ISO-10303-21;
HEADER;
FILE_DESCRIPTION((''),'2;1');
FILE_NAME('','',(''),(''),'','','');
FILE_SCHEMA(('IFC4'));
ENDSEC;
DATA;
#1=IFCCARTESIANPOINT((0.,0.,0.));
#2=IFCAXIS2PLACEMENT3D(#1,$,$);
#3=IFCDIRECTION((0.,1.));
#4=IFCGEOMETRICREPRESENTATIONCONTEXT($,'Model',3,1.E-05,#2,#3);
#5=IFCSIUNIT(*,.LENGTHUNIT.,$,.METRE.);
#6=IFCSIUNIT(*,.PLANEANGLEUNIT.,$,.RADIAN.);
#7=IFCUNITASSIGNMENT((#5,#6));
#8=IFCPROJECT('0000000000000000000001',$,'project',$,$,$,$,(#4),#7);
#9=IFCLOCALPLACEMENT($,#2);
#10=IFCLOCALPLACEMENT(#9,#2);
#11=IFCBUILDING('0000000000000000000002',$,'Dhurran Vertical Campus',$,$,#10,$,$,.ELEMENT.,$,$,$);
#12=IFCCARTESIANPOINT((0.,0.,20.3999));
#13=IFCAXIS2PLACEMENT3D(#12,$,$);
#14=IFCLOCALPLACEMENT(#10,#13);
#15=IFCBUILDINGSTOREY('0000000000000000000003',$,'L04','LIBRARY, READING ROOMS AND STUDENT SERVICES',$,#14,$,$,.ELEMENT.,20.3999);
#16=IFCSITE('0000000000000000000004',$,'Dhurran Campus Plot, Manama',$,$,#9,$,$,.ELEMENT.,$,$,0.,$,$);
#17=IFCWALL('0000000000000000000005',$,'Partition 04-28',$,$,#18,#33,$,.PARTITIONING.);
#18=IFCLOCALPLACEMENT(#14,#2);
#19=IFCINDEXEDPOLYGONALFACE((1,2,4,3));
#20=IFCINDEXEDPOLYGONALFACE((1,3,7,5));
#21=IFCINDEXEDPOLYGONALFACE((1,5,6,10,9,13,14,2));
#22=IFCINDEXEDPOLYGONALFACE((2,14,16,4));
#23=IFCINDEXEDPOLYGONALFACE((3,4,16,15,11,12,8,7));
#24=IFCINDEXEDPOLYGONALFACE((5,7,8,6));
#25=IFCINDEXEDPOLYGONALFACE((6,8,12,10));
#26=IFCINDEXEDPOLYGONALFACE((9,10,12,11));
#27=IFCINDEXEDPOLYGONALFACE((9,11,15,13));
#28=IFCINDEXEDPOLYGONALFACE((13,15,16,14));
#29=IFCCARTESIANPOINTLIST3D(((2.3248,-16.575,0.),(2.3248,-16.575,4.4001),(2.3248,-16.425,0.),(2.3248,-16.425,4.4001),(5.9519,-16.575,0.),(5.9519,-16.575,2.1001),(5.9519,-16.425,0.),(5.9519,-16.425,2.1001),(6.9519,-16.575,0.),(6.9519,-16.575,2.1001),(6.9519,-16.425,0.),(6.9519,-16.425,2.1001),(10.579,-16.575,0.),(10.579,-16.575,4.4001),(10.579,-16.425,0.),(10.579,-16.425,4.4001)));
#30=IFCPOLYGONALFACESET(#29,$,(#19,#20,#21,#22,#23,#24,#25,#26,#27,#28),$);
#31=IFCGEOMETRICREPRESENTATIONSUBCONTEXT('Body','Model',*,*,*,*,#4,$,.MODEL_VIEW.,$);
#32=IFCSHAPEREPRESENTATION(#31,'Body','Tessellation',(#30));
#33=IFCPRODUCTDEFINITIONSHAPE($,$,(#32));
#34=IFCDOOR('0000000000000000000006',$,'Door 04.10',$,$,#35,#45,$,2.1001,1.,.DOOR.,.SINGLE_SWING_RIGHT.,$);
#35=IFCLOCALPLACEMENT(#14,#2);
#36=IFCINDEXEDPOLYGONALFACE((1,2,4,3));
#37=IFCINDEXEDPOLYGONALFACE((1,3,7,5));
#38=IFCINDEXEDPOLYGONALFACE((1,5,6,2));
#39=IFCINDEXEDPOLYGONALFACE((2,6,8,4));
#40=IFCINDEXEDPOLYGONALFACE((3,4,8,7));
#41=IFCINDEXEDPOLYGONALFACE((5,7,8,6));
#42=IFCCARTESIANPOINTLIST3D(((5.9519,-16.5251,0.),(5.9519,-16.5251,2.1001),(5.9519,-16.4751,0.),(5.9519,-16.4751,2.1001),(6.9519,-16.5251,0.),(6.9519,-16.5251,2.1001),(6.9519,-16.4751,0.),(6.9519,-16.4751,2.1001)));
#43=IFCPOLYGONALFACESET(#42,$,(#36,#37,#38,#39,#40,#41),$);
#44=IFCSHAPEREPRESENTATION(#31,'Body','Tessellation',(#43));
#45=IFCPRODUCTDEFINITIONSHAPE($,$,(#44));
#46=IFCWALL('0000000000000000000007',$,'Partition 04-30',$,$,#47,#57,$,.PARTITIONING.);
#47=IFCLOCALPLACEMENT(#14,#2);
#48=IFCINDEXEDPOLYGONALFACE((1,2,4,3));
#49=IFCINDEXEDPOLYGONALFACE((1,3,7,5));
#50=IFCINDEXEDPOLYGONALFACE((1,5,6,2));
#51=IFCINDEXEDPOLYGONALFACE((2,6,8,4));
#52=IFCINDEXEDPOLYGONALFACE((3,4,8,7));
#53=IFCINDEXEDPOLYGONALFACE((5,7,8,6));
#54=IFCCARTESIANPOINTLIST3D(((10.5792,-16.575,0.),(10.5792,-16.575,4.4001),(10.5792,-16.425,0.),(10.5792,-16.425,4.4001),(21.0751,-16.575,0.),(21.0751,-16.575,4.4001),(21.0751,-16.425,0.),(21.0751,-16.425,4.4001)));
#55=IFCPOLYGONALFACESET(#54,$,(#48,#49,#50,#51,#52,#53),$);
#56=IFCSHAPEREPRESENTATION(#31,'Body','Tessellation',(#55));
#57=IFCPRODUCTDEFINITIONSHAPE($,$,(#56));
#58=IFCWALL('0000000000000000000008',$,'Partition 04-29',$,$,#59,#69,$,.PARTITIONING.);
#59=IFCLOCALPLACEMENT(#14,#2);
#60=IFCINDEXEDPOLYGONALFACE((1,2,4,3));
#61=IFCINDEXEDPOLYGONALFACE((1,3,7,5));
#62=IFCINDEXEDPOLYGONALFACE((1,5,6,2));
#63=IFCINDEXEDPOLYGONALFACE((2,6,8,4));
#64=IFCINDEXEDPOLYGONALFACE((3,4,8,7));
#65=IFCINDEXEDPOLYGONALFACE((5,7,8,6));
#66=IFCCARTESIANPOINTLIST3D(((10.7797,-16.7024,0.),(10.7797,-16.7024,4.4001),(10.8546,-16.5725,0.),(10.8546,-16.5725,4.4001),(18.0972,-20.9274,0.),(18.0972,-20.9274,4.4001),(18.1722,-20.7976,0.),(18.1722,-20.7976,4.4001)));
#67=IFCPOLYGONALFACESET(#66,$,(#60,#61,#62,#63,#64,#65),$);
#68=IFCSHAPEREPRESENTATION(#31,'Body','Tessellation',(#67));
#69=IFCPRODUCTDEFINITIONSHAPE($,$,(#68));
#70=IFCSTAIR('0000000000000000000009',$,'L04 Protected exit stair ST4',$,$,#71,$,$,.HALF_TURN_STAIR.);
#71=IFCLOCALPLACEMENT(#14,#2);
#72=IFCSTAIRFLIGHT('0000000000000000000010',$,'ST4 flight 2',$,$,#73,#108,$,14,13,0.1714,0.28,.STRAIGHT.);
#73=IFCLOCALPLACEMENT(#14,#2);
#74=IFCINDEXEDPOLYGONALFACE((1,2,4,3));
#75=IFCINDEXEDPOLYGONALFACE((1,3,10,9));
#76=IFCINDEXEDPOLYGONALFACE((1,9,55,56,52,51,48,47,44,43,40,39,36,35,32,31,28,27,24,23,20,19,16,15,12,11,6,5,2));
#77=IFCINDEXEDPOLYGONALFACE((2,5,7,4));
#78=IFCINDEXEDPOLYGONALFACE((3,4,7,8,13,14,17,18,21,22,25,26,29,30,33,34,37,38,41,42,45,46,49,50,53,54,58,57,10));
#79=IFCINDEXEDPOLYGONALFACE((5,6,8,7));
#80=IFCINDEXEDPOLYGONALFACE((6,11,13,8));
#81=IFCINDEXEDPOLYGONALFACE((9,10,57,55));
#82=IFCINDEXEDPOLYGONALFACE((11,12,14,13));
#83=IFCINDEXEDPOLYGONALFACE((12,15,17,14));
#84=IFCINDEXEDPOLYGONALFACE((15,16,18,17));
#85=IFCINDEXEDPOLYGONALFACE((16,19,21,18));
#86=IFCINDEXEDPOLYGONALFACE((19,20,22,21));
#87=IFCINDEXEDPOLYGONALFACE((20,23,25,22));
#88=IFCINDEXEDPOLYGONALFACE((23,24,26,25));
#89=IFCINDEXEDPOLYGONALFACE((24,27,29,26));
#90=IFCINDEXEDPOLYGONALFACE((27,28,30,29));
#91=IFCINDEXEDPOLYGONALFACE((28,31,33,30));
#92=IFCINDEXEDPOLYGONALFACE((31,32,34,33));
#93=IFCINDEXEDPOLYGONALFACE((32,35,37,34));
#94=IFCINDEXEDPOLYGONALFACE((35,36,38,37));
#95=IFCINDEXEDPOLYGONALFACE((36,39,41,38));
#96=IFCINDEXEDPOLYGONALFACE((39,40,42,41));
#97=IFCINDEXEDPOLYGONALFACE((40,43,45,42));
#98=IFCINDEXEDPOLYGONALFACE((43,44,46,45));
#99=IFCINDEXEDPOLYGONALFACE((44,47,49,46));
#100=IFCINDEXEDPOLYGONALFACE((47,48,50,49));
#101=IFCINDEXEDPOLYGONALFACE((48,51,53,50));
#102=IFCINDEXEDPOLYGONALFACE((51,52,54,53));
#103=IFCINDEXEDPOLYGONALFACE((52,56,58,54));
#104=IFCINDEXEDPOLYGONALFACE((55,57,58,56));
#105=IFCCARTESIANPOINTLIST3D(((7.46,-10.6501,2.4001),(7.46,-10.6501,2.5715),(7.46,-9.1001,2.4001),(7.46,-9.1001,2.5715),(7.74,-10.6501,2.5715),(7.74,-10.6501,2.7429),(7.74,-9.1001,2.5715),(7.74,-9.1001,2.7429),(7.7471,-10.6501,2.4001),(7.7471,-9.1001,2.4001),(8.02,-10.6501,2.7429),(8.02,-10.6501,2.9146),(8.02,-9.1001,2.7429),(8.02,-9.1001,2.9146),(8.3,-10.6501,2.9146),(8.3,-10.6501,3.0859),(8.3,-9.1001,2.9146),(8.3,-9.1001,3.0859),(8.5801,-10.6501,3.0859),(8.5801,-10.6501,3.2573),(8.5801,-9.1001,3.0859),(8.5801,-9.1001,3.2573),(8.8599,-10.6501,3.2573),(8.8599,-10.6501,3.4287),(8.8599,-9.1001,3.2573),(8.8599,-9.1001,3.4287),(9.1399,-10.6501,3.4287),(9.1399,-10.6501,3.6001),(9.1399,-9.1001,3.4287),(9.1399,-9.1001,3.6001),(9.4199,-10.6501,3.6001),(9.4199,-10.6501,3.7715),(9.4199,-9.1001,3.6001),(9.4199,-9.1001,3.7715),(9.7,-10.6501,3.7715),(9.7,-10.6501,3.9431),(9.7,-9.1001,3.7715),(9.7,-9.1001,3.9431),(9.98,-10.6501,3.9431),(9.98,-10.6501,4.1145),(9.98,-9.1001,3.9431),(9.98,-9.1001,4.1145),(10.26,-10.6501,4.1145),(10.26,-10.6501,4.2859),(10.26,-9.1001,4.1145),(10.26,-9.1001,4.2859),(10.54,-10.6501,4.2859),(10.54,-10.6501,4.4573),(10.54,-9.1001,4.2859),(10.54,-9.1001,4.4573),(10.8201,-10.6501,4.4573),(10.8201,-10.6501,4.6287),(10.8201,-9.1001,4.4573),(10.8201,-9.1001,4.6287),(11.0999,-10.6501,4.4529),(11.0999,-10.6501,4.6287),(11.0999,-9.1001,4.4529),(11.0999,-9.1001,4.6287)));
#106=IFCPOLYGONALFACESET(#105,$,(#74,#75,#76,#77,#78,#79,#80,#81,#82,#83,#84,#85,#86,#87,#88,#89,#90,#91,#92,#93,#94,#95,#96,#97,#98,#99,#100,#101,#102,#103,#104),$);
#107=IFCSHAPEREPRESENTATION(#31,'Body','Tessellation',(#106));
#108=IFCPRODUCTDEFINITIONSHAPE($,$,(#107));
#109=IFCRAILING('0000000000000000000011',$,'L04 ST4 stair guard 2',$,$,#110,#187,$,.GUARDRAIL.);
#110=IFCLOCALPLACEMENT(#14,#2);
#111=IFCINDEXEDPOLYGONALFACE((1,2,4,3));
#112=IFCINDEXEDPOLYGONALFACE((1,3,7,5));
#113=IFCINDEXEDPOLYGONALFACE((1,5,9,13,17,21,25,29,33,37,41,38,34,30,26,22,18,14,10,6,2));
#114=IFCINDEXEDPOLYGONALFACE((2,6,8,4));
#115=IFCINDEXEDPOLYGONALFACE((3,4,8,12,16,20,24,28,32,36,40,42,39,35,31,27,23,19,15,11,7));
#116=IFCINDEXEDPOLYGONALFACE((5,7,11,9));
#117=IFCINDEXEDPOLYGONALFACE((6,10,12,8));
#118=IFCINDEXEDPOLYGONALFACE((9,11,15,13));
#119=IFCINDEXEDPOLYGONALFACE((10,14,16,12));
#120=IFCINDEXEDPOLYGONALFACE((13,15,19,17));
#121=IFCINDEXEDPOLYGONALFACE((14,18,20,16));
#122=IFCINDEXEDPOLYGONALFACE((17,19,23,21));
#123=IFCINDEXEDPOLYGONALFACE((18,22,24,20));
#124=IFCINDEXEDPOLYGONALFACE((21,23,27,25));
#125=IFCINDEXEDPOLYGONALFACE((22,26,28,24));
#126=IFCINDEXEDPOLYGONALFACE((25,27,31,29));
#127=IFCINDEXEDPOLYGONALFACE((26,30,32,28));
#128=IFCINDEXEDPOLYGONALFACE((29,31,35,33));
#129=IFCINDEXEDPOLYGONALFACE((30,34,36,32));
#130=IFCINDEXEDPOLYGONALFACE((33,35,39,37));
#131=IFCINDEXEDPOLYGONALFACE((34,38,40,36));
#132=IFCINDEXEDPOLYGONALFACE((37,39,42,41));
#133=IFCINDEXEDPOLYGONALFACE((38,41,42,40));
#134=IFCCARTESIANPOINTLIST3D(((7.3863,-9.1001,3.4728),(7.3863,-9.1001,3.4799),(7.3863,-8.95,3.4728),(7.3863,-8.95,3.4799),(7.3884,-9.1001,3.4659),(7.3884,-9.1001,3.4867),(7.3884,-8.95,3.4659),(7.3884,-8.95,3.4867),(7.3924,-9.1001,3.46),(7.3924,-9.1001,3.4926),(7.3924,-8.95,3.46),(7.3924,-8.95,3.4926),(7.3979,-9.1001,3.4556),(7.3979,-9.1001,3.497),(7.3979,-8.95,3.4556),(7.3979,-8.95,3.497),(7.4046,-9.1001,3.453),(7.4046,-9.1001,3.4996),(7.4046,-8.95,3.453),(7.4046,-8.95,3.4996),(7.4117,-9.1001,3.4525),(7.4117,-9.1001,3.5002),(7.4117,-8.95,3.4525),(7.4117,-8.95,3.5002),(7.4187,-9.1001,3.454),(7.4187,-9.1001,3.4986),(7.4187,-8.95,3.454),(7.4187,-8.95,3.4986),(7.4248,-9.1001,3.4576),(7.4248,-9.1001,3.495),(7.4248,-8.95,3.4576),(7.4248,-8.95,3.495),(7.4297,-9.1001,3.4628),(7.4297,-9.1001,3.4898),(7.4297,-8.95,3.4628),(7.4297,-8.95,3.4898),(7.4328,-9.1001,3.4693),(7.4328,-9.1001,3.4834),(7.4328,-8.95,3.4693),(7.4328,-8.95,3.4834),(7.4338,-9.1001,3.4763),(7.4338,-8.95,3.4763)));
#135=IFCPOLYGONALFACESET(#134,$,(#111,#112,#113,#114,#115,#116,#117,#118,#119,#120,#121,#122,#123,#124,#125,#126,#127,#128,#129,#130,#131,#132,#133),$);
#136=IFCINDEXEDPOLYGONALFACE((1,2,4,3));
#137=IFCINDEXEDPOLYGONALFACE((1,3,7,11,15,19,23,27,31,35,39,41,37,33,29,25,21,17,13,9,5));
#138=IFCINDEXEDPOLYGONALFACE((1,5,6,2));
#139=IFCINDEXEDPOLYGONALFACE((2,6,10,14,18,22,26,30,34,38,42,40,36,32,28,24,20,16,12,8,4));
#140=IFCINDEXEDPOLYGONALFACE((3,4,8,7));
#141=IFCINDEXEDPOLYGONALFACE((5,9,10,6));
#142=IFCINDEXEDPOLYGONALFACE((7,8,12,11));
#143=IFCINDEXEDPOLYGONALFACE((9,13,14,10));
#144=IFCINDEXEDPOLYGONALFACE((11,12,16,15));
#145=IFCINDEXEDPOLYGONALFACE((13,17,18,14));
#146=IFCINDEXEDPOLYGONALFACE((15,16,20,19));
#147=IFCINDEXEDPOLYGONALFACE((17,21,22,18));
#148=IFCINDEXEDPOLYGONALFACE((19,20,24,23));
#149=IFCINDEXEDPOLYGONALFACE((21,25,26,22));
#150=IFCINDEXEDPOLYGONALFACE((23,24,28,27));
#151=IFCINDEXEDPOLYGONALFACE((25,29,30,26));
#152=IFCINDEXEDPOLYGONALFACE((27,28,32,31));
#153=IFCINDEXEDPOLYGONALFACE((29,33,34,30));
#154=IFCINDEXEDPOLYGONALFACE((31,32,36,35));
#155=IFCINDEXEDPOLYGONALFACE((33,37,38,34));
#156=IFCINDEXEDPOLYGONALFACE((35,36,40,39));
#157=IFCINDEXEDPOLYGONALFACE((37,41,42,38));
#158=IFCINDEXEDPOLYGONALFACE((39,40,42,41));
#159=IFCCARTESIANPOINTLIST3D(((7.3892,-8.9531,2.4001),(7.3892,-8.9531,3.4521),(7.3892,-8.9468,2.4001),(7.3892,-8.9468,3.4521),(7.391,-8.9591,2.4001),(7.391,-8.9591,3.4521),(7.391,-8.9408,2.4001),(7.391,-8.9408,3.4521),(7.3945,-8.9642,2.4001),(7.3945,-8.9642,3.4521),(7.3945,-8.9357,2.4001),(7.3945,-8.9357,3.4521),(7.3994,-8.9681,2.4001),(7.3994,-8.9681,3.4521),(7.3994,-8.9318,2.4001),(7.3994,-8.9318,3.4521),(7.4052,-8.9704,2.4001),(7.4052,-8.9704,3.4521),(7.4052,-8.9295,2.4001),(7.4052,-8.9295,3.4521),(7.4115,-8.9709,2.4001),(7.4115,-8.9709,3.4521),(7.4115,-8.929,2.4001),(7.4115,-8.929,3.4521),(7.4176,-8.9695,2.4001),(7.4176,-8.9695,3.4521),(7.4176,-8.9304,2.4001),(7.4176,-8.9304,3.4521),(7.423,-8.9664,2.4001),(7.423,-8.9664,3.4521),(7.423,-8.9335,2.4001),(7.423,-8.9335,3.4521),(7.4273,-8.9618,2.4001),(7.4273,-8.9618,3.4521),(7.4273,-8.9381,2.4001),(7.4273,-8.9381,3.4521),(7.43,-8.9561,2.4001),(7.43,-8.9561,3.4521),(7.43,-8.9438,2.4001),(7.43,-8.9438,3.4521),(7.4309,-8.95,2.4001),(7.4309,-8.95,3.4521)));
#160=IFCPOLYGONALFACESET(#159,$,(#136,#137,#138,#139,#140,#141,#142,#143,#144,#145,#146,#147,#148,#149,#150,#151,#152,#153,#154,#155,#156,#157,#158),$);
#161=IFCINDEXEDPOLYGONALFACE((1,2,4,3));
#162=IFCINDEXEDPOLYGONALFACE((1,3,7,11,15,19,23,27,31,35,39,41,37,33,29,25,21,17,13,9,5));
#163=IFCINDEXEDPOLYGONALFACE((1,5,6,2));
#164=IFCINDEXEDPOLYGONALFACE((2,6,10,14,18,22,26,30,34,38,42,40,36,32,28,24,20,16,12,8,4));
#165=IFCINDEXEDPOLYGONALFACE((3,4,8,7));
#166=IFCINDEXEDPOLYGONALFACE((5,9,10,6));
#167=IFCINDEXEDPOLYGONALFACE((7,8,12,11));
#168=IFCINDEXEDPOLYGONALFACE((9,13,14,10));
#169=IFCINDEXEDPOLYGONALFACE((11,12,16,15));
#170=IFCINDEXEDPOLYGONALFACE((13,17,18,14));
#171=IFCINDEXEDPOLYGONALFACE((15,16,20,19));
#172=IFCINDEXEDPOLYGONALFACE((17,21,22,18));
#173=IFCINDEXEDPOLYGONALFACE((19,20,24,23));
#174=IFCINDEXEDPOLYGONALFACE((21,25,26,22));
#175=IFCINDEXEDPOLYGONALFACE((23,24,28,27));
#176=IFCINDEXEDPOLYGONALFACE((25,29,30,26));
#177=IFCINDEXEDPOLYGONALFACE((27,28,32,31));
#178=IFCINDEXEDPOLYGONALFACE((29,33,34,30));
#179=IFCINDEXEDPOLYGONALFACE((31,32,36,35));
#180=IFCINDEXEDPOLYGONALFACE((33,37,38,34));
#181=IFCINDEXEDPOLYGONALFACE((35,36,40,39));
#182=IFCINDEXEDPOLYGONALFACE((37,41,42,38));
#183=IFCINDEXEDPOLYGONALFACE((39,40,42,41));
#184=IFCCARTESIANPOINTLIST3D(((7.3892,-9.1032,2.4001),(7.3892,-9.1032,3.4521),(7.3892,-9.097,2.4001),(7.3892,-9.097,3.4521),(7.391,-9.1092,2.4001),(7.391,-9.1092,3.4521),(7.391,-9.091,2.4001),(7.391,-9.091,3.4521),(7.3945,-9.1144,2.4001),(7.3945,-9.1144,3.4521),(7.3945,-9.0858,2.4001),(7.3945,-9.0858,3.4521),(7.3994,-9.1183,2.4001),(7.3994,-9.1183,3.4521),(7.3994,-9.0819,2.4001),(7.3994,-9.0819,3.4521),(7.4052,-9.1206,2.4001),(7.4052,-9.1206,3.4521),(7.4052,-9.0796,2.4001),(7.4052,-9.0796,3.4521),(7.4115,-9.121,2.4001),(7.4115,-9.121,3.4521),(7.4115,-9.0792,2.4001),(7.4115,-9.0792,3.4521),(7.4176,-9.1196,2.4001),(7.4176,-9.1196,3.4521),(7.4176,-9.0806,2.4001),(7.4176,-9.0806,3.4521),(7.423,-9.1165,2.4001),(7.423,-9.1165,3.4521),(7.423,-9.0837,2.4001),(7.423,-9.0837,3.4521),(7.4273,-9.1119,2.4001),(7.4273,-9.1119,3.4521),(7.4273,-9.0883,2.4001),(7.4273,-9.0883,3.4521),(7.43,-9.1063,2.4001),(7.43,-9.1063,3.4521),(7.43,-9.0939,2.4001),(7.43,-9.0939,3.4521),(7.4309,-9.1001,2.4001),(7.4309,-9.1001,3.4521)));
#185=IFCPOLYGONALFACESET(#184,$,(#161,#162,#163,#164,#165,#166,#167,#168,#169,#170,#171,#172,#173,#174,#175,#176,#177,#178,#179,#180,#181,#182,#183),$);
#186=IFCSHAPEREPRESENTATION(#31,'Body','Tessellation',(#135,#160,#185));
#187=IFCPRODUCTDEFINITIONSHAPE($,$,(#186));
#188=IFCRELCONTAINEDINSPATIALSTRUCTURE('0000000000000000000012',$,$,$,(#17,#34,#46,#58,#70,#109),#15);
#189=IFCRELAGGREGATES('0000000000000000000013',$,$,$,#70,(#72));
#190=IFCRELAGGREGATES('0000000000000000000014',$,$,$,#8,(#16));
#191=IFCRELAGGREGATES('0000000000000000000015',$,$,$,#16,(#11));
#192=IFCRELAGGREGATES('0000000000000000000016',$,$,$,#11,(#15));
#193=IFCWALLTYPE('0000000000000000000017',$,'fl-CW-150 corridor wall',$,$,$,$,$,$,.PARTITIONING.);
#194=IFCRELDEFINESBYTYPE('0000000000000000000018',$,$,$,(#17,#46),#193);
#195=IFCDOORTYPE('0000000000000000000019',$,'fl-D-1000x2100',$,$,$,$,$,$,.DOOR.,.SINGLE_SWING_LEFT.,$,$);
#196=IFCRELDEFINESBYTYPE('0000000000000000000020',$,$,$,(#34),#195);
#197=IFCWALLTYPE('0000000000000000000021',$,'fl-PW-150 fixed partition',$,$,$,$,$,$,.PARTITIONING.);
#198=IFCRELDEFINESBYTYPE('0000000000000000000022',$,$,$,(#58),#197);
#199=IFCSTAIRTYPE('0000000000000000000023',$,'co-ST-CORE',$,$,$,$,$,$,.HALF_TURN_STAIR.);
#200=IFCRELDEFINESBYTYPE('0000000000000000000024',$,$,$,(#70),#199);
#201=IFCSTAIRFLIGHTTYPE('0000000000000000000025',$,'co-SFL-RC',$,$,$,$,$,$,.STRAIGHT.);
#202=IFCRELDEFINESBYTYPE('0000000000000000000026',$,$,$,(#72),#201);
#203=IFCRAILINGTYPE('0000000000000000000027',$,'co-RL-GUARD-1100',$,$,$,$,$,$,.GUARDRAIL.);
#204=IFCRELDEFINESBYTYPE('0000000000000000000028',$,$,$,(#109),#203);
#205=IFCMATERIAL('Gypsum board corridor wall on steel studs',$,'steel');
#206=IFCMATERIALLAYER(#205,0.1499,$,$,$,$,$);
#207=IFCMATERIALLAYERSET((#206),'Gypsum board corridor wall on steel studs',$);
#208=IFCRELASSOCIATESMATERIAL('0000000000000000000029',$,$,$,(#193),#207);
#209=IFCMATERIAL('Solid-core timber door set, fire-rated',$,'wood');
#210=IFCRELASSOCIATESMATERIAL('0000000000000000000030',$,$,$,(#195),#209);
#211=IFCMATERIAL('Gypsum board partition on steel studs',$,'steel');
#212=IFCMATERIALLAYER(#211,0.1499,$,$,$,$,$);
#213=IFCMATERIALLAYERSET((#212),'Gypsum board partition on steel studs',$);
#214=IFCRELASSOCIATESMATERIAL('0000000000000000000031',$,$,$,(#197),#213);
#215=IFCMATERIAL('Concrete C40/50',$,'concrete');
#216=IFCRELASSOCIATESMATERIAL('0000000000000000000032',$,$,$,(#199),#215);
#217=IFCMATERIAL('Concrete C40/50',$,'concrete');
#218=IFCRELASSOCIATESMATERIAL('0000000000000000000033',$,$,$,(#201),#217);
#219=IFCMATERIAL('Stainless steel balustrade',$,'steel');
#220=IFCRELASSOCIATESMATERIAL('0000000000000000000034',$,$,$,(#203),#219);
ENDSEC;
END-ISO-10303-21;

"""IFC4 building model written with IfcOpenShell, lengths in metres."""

from ifc_helpers import new_model, si_unit, direction, frame, frame_2d, origin, origin_2d, place, context, subcontext, project, spatial, polyline, rectangle, circle, outline, extrude, material, layer, layer_set, type_object, element, fill, aggregate, save


model = new_model("IFC4")

# Units and contexts
model_context = context("Model", 3, precision=1e-05, world=origin(), true_north=direction((0.0, 1.0)))
body_context = subcontext(model_context, "Body", "Model", "MODEL_VIEW")
ifc_project = project(units=[si_unit("LENGTHUNIT", "METRE"), si_unit("PLANEANGLEUNIT", "RADIAN")], contexts=[model_context])

# Site, building, storey
site_placement = place(None, origin())
site = spatial("IfcSite", under=ifc_project, at=site_placement, Name="Dhurran Campus Plot, Manama", CompositionType="ELEMENT", RefElevation=0.0)
building_placement = place(site_placement, origin())
building = spatial("IfcBuilding", under=site, at=building_placement, Name="Dhurran Vertical Campus", CompositionType="ELEMENT")
storey_placement = place(building_placement, frame((0.0, 0.0, 20.3999)))
storey = spatial("IfcBuildingStorey", under=building, at=storey_placement, Name="L04", Description="LIBRARY, READING ROOMS AND STUDENT SERVICES", CompositionType="ELEMENT", Elevation=20.3999)

# Shared definitions
ifc_material_1 = material(Name="Gypsum board corridor wall on steel studs", Category="steel")
ifc_layer_1 = layer(ifc_material_1, 0.1499)
ifc_layer_set_1 = layer_set([ifc_layer_1], Name="Gypsum board corridor wall on steel studs")
wall_type_1 = type_object("IfcWallType", Name="fl-CW-150 corridor wall", PredefinedType="PARTITIONING", material=ifc_layer_set_1)

# Wall, opening, door
wall_1_placement = place(storey_placement, frame((2.325, -16.5, 0.0), z_axis=(0.0, 0.0, 1.0), x_axis=(1.0, 0.0, 0.0)))
wall_1 = element("IfcWall", 1, at=wall_1_placement, inside=storey, type_object=wall_type_1, Name="Partition 04-28", PredefinedType="PARTITIONING", context=body_context, shape_type="SweptSolid", body=[
    extrude(rectangle(XDim=8.2542, YDim=0.1499, at=frame_2d((4.127, 0.0))), origin(), (0.0, 0.0, 1.0), 4.4001),
])
opening_1_placement = place(wall_1_placement, frame((3.627, 0.0, 0.0)))
opening_1 = element("IfcOpeningElement", 2, at=opening_1_placement, cuts=wall_1, PredefinedType="OPENING", context=body_context, shape_type="SweptSolid", body=[
    extrude(rectangle(XDim=1.0, YDim=2.1001, at=frame_2d((0.5, 1.05))), frame((0.0, 0.085, 0.0), z_axis=(0.0, -1.0, 0.0), x_axis=(1.0, 0.0, 0.0)), (0.0, 0.0, 1.0), 0.1699),
])
ifc_material_2 = material(Name="Solid-core timber door set, fire-rated", Category="wood")
door_type_1 = type_object("IfcDoorType", Name="fl-D-1000x2100", OperationType="SINGLE_SWING_LEFT", PredefinedType="DOOR", material=ifc_material_2)
door_1_placement = place(opening_1_placement, origin())
door_1 = element("IfcDoor", 3, at=door_1_placement, inside=storey, type_object=door_type_1, Name="Door 04.10", OperationType="SINGLE_SWING_RIGHT", OverallHeight=2.1001, OverallWidth=1.0, PredefinedType="DOOR", context=body_context, shape_type="SweptSolid", body=[
    extrude(rectangle(XDim=1.0, YDim=2.1001, at=frame_2d((0.5, 1.05))), frame((0.0, 0.0249, 0.0), z_axis=(0.0, -1.0, 0.0), x_axis=(1.0, 0.0, 0.0)), (0.0, 0.0, 1.0), 0.05),
])
fill(opening_1, door_1)

# Walls
wall_2_placement = place(storey_placement, frame((10.5791, -16.5, 0.0), z_axis=(0.0, 0.0, 1.0), x_axis=(1.0, 0.0, 0.0)))
element("IfcWall", 4, at=wall_2_placement, inside=storey, type_object=wall_type_1, Name="Partition 04-30", PredefinedType="PARTITIONING", context=body_context, shape_type="SweptSolid", body=[
    extrude(rectangle(XDim=10.4958, YDim=0.1499, at=frame_2d((5.248, 0.0))), origin(), (0.0, 0.0, 1.0), 4.4001),
])
ifc_material_3 = material(Name="Gypsum board partition on steel studs", Category="steel")
ifc_layer_2 = layer(ifc_material_3, 0.1499)
ifc_layer_set_2 = layer_set([ifc_layer_2], Name="Gypsum board partition on steel studs")
wall_type_2 = type_object("IfcWallType", Name="fl-PW-150 fixed partition", PredefinedType="PARTITIONING", material=ifc_layer_set_2)
wall_3_placement = place(storey_placement, frame((10.8171, -16.6375, 0.0), z_axis=(0.0, 0.0, 1.0), x_axis=(0.866012, -0.500023, 0.0)))
element("IfcWall", 5, at=wall_3_placement, inside=storey, type_object=wall_type_2, Name="Partition 04-29", PredefinedType="PARTITIONING", context=body_context, shape_type="SweptSolid", body=[
    extrude(rectangle(XDim=8.4497, YDim=0.1499, at=frame_2d((4.2249, 0.0))), origin(), (0.0, 0.0, 1.0), 4.4001),
])

# Stair, stair flight
ifc_material_4 = material(Name="Concrete C40/50", Category="concrete")
stair_type = type_object("IfcStairType", Name="co-ST-CORE", PredefinedType="HALF_TURN_STAIR", material=ifc_material_4)
stair_placement = place(storey_placement, origin())
stair = element("IfcStair", 6, at=stair_placement, inside=storey, type_object=stair_type, Name="L04 Protected exit stair ST4", PredefinedType="HALF_TURN_STAIR")
ifc_material_5 = material(Name="Concrete C40/50", Category="concrete")
stair_flight_type = type_object("IfcStairFlightType", Name="co-SFL-RC", PredefinedType="STRAIGHT", material=ifc_material_5)
stair_flight_placement = place(storey_placement, frame((7.46, -9.875, 2.4001), z_axis=(0.0, 0.0, 1.0), x_axis=(1.0, 0.0, 0.0)))
stair_flight = element("IfcStairFlight", 7, at=stair_flight_placement, type_object=stair_flight_type, Name="ST4 flight 2", NumberOfRisers=14, NumberOfTreads=13, PredefinedType="STRAIGHT", RiserHeight=0.1714, TreadLength=0.28, context=body_context, shape_type="SweptSolid", body=[
    extrude(outline(polyline([(0.0, 0.0), (0.0, 0.1714), (0.28, 0.1714), (0.28, 0.3428), (0.5601, 0.3428), (0.5601, 0.5144), (0.8401, 0.5144), (0.8401, 0.6858), (1.1201, 0.6858), (1.1201, 0.8572), (1.3999, 0.8572), (1.3999, 1.0286), (1.6799, 1.0286), (1.6799, 1.2), (1.96, 1.2), (1.96, 1.3713), (2.24, 1.3713), (2.24, 1.543), (2.52, 1.543), (2.52, 1.7144), (2.8, 1.7144), (2.8, 1.8857), (3.0801, 1.8857), (3.0801, 2.0571), (3.3601, 2.0571), (3.3601, 2.2285), (3.6399, 2.2285), (3.6399, 2.3999), (3.6399, 2.0527), (0.2871, 0.0), (0.0, 0.0)])), frame((0.0, 0.7749, 0.0), z_axis=(0.0, -1.0, 0.0), x_axis=(1.0, 0.0, 0.0)), (0.0, 0.0, 1.0), 1.55),
])
aggregate(stair, [stair_flight])

# Railing
ifc_material_6 = material(Name="Stainless steel balustrade", Category="steel")
railing_type_1 = type_object("IfcRailingType", Name="co-RL-GUARD-1100", PredefinedType="GUARDRAIL", material=ifc_material_6)
railing_1_placement = place(storey_placement, frame((7.4099, -8.95, 2.4001)))
element("IfcRailing", 8, at=railing_1_placement, inside=storey, type_object=railing_type_1, Name="L04 ST4 stair guard 2", PredefinedType="GUARDRAIL", context=body_context, shape_type="SweptSolid", body=[
    extrude(circle(Radius=0.0239, at=origin_2d()), frame((0.0, 0.0, 1.0762), z_axis=(0.0, -1.0, 0.0), x_axis=(1.0, 0.0, 0.0)), (0.0, 0.0, 1.0), 0.1501),
    extrude(circle(Radius=0.021, at=origin_2d()), origin(), (0.0, 0.0, 1.0), 1.052),
    extrude(circle(Radius=0.021, at=origin_2d()), frame((0.0, -0.1501, 0.0)), (0.0, 0.0, 1.0), 1.052),
])

save(model, "model.ifc")
